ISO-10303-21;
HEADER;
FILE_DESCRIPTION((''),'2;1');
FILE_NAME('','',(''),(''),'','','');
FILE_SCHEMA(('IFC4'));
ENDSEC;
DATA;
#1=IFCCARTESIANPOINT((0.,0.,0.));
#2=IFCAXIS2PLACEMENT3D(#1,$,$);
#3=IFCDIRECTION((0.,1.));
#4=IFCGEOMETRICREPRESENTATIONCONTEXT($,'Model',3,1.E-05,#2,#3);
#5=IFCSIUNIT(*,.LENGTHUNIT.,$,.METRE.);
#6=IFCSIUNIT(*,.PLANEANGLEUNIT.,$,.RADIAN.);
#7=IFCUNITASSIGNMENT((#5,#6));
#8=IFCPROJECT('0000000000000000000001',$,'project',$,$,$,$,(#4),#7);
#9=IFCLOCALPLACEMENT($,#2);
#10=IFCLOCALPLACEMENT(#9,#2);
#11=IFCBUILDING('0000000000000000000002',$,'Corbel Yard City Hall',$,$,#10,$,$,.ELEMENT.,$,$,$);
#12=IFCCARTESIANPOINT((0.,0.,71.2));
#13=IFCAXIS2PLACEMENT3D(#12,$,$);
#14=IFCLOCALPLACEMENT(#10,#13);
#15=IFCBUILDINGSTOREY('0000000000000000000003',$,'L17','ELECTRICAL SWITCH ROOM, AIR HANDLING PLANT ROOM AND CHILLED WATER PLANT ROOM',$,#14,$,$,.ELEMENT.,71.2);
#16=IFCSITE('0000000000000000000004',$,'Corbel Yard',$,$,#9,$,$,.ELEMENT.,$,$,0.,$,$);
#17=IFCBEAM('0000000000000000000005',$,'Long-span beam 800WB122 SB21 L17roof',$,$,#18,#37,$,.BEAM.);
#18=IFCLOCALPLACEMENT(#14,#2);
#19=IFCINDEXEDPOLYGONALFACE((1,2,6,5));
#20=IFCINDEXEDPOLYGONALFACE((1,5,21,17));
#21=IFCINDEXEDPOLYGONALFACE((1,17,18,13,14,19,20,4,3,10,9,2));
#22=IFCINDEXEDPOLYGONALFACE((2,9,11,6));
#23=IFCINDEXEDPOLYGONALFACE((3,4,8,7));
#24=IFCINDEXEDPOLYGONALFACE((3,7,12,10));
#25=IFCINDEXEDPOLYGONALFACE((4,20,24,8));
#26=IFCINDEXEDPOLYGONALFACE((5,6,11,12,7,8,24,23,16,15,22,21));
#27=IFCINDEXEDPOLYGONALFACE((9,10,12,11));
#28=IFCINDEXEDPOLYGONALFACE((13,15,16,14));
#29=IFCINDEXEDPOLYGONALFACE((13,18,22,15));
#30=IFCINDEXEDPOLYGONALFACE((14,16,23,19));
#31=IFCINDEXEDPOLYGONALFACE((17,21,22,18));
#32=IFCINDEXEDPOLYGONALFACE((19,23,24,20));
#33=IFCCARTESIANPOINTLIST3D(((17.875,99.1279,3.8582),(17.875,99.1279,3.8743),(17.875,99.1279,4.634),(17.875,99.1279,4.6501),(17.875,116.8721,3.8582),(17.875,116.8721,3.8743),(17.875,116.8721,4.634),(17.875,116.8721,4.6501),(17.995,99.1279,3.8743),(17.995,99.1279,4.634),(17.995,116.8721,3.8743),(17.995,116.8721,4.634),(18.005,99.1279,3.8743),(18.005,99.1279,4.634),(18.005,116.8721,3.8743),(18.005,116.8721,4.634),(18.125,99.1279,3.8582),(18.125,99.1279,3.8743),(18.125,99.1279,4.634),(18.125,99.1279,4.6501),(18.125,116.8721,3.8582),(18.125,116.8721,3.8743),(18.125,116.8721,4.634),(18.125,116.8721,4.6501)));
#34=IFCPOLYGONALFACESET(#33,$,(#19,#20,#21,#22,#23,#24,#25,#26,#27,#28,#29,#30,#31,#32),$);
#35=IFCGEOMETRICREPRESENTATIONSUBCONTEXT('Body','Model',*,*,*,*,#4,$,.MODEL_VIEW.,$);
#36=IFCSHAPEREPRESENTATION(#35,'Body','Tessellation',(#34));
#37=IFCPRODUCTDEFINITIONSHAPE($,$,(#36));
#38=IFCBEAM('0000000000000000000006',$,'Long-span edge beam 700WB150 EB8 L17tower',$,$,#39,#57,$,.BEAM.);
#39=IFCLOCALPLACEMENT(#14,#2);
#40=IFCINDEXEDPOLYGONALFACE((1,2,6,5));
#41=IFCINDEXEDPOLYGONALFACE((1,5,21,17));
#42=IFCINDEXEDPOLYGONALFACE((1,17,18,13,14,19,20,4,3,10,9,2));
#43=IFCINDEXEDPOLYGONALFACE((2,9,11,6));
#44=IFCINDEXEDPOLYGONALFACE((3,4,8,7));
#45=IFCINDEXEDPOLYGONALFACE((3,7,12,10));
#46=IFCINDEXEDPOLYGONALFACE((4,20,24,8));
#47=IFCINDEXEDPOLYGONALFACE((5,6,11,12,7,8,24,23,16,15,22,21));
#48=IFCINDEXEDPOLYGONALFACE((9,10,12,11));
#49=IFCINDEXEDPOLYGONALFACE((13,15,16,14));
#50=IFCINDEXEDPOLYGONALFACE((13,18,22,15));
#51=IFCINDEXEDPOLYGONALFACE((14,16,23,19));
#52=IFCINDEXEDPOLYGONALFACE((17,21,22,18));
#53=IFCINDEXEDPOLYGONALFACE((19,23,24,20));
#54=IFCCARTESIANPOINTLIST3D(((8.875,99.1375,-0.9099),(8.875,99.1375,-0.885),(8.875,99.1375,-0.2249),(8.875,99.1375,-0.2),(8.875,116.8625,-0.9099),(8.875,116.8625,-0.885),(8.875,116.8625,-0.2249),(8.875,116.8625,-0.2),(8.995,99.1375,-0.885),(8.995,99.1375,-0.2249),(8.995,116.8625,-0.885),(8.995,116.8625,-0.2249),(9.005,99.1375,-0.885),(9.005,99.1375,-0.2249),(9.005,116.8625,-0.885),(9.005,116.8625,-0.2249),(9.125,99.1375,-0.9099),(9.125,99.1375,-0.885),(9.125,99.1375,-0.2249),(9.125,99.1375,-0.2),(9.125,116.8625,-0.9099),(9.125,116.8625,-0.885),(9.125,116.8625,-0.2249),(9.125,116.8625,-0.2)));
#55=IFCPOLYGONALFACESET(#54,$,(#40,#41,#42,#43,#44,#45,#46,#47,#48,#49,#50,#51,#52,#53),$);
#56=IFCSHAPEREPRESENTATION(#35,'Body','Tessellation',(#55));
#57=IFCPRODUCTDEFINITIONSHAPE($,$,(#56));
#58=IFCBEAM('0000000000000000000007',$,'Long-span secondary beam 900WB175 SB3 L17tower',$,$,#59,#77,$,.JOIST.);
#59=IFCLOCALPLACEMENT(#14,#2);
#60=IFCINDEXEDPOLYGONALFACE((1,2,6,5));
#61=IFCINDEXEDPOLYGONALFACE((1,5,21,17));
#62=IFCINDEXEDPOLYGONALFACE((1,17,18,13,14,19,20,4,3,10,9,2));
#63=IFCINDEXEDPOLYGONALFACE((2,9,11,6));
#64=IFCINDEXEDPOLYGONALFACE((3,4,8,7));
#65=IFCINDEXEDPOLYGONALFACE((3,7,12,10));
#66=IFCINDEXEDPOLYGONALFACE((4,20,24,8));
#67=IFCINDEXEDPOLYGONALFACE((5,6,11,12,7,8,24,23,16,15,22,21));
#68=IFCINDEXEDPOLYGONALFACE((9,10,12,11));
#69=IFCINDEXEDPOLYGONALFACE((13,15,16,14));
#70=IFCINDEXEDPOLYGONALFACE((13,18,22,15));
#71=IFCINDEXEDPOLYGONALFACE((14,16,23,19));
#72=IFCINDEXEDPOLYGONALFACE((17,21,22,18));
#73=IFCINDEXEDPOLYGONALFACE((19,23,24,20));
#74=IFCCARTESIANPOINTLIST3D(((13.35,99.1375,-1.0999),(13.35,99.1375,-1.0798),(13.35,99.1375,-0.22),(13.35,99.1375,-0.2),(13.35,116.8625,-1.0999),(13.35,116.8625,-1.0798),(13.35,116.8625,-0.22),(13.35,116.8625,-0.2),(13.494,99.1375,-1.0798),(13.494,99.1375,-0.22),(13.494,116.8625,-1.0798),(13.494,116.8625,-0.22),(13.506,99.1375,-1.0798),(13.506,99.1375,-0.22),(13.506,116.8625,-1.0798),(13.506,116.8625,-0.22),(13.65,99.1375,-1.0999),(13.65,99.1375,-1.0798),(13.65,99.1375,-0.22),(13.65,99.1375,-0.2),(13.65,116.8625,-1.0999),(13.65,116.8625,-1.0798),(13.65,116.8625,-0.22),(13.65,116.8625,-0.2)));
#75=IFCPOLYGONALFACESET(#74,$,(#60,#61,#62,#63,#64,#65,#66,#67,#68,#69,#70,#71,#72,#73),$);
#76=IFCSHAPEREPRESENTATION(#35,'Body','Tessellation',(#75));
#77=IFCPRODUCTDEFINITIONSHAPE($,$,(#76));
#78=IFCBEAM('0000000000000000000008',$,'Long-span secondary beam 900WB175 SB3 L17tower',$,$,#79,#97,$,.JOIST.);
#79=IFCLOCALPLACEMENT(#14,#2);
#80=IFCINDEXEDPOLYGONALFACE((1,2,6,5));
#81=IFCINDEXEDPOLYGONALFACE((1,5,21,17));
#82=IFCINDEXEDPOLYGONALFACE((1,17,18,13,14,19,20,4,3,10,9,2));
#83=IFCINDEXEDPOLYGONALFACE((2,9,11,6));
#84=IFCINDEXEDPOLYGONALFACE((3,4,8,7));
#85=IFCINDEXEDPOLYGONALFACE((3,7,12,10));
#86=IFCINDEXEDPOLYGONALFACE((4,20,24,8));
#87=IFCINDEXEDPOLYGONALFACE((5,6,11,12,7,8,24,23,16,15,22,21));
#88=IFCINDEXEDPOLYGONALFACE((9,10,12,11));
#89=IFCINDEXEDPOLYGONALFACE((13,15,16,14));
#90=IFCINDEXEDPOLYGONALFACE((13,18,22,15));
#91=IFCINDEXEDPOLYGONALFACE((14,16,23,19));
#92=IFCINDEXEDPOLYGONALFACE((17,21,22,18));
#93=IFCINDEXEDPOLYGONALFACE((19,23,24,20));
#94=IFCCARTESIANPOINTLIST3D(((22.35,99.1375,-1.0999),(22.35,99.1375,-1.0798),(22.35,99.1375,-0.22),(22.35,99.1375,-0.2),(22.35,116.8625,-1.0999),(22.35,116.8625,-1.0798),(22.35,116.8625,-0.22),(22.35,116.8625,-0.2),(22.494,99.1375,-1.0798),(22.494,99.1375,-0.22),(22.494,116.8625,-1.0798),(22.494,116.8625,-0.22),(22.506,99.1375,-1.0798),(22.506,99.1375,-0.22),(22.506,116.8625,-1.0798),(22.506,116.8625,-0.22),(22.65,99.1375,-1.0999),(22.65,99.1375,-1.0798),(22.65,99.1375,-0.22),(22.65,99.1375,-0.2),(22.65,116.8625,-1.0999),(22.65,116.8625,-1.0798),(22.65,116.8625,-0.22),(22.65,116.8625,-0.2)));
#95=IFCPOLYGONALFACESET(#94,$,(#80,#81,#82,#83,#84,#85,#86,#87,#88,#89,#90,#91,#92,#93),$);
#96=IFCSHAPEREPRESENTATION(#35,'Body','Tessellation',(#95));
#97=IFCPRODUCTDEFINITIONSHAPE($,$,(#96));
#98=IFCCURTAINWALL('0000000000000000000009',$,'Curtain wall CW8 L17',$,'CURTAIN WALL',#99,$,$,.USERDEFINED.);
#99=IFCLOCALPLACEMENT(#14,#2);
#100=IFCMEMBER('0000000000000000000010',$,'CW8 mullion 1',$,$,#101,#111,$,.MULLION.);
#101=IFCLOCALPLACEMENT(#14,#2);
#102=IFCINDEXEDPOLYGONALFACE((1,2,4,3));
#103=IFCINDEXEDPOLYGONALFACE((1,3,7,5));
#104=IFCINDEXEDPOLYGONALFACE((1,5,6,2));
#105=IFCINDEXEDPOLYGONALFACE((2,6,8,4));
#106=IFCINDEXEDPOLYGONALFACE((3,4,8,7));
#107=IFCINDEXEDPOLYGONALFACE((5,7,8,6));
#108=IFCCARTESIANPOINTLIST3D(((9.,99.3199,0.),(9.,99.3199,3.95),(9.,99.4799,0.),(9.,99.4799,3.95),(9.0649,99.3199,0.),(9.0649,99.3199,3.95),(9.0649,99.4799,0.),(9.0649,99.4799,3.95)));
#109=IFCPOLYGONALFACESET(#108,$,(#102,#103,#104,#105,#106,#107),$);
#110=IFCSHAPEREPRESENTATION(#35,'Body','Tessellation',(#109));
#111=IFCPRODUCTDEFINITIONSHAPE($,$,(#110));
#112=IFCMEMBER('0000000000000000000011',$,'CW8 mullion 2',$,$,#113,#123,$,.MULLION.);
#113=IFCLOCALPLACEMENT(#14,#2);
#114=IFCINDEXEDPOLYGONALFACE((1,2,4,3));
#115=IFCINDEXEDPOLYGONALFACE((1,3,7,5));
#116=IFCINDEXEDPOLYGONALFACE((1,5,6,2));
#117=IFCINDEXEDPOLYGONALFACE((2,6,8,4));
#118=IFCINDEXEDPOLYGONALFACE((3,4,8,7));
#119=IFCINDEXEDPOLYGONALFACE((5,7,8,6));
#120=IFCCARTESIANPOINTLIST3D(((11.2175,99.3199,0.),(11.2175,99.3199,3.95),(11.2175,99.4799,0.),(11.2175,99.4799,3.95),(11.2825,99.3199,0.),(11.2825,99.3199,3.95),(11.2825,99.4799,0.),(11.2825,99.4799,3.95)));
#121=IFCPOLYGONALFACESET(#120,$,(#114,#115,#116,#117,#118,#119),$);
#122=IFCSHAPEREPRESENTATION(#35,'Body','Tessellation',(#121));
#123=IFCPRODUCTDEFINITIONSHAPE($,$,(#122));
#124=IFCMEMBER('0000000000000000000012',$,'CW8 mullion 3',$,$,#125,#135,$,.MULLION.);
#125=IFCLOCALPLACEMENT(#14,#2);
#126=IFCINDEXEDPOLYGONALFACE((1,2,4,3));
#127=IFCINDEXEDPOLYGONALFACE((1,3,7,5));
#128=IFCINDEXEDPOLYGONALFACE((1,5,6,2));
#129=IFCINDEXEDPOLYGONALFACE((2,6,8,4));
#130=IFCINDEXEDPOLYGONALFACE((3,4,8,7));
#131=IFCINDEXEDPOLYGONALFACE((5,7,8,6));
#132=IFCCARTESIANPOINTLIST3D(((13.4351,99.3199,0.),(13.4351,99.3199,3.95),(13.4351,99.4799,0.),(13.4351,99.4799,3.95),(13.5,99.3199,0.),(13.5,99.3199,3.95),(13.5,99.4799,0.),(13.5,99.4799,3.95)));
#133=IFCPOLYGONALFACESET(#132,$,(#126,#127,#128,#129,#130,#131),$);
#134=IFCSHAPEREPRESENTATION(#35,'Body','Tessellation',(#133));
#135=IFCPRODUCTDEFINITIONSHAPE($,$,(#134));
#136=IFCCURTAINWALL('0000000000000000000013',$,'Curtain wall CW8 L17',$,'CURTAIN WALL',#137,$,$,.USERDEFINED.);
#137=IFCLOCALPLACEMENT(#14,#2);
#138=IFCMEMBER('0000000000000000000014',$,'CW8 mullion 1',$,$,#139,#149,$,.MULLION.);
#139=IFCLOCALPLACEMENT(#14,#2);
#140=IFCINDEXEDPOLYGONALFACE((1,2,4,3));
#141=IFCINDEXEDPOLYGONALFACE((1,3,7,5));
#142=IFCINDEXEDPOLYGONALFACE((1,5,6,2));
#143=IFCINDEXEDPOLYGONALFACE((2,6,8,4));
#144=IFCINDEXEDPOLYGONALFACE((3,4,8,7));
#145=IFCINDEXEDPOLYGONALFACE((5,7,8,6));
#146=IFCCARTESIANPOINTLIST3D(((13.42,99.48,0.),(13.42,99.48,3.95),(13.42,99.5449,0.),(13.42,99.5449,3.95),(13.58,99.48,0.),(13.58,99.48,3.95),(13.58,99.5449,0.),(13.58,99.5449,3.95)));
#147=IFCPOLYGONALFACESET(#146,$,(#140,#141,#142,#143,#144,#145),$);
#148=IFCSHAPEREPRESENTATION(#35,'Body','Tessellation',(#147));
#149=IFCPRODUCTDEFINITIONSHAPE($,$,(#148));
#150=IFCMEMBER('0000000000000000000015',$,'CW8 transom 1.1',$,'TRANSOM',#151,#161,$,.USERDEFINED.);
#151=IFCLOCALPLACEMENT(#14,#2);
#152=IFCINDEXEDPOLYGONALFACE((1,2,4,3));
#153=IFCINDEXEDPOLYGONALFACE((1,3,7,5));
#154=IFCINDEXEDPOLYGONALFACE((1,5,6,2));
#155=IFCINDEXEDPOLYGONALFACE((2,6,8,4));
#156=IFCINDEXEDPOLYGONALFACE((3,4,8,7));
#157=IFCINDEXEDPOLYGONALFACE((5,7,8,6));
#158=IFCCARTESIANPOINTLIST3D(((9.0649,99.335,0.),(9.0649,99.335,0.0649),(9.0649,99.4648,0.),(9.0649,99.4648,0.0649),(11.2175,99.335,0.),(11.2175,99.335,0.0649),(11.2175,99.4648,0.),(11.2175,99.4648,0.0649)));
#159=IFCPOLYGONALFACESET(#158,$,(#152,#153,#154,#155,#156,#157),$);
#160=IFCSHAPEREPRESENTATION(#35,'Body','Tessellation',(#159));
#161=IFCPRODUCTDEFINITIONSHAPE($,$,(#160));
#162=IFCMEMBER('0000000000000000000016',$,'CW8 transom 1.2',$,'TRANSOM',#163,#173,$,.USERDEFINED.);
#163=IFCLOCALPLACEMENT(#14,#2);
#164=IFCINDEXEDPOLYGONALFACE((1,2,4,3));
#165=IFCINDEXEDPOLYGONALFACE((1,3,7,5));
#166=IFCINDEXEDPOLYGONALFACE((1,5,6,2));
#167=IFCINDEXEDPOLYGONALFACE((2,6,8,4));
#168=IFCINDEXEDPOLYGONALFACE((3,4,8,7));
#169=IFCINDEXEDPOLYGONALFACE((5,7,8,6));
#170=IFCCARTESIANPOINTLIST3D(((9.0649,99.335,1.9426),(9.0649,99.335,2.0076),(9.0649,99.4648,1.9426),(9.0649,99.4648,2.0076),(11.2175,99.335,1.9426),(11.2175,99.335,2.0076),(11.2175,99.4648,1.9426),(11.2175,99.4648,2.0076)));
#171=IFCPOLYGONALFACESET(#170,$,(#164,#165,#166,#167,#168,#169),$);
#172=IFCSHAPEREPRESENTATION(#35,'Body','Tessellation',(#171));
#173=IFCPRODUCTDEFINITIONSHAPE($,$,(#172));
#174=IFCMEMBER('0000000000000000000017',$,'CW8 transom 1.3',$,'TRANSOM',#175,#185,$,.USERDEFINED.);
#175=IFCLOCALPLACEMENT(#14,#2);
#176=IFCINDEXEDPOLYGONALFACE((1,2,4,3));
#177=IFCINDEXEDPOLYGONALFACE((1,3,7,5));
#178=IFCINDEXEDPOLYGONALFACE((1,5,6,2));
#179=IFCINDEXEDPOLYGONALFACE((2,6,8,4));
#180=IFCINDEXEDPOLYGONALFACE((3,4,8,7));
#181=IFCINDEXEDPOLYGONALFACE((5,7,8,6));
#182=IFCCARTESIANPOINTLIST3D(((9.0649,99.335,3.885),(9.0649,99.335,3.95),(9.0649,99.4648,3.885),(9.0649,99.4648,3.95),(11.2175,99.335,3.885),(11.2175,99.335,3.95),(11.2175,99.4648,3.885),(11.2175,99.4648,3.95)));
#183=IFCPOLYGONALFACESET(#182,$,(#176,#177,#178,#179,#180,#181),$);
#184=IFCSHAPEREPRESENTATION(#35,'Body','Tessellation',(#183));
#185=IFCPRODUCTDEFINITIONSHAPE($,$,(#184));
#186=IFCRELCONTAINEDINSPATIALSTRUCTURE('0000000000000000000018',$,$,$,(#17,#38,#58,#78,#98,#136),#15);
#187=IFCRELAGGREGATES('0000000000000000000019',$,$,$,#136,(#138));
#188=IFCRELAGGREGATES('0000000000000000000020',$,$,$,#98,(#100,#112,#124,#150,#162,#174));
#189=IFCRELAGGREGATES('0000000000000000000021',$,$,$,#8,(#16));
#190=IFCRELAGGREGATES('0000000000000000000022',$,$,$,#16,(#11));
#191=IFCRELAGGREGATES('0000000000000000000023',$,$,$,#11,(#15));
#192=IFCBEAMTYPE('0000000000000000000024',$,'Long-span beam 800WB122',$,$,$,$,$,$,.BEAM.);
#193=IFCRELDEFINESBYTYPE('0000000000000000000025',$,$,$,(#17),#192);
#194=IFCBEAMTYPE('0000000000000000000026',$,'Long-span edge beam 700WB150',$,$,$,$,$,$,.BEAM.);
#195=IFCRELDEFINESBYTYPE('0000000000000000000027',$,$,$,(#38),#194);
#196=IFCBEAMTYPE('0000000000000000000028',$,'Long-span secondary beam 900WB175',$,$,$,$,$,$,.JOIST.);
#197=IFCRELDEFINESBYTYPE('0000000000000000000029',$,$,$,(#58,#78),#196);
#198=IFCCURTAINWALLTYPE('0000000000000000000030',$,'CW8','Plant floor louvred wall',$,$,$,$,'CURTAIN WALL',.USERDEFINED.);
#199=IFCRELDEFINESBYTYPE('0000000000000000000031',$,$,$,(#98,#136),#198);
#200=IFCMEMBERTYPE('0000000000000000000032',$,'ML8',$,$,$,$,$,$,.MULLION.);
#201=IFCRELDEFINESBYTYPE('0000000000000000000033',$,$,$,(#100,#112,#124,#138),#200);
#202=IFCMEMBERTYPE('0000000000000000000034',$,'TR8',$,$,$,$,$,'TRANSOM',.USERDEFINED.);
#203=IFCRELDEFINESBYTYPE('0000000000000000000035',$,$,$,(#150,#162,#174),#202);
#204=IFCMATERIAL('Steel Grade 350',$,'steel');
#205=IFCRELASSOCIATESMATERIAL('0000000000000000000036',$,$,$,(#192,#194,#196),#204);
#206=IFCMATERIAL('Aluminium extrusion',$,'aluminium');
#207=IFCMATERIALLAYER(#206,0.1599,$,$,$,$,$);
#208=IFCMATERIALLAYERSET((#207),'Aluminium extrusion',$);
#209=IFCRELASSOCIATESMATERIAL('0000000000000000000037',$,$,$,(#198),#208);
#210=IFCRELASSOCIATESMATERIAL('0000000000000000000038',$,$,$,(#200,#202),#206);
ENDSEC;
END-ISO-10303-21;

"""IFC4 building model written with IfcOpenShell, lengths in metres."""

from ifc_helpers import new_model, si_unit, direction, frame, origin, origin_2d, place, context, subcontext, project, spatial, rectangle, i_section, extrude, material, layer, layer_set, material_profile, profile_set, type_object, element, aggregate, save


model = new_model("IFC4")

# Units and contexts
model_context = context("Model", 3, precision=1e-05, world=origin(), true_north=direction((0.0, 1.0)))
body_context = subcontext(model_context, "Body", "Model", "MODEL_VIEW")
ifc_project = project(units=[si_unit("LENGTHUNIT", "METRE"), si_unit("PLANEANGLEUNIT", "RADIAN")], contexts=[model_context])

# Site, building, storey
site_placement = place(None, origin())
site = spatial("IfcSite", under=ifc_project, at=site_placement, Name="Corbel Yard", CompositionType="ELEMENT", RefElevation=0.0)
building_placement = place(site_placement, origin())
building = spatial("IfcBuilding", under=site, at=building_placement, Name="Corbel Yard City Hall", CompositionType="ELEMENT")
storey_placement = place(building_placement, frame((0.0, 0.0, 71.2)))
storey = spatial("IfcBuildingStorey", under=building, at=storey_placement, Name="L17", Description="ELECTRICAL SWITCH ROOM, AIR HANDLING PLANT ROOM AND CHILLED WATER PLANT ROOM", CompositionType="ELEMENT", Elevation=71.2)

# Beams
ifc_material_1 = material(Name="Steel Grade 350", Category="steel")
ifc_material_profile_1 = material_profile(ifc_material_1, i_section(OverallWidth=0.25, OverallDepth=0.792, WebThickness=0.01, FlangeThickness=0.0161, at=origin_2d()), Name="800WB122")
ifc_profile_set_1 = profile_set([ifc_material_profile_1], Name="Steel Grade 350")
beam_type_1 = type_object("IfcBeamType", Name="Long-span beam 800WB122", PredefinedType="BEAM", material=ifc_profile_set_1)
beam_1_placement = place(storey_placement, frame((18.0, 99.1279, 4.2542), z_axis=(0.0, 1.0, 0.0), x_axis=(-1.0, 0.0, 0.0)))
element("IfcBeam", 1, at=beam_1_placement, inside=storey, type_object=beam_type_1, Name="Long-span beam 800WB122 SB21 L17roof", PredefinedType="BEAM", context=body_context, shape_type="SweptSolid", body=[
    extrude(i_section(OverallWidth=0.25, OverallDepth=0.792, WebThickness=0.01, FlangeThickness=0.0161, at=origin_2d()), origin(), (0.0, 0.0, 1.0), 17.7441),
])
ifc_material_profile_2 = material_profile(ifc_material_1, i_section(OverallWidth=0.25, OverallDepth=0.71, WebThickness=0.01, FlangeThickness=0.0249, at=origin_2d()), Name="700WB150")
ifc_profile_set_2 = profile_set([ifc_material_profile_2], Name="Steel Grade 350")
beam_type_2 = type_object("IfcBeamType", Name="Long-span edge beam 700WB150", PredefinedType="BEAM", material=ifc_profile_set_2)
beam_2_placement = place(storey_placement, frame((9.0, 99.1375, -0.5549), z_axis=(0.0, 1.0, 0.0), x_axis=(-1.0, 0.0, 0.0)))
element("IfcBeam", 2, at=beam_2_placement, inside=storey, type_object=beam_type_2, Name="Long-span edge beam 700WB150 EB8 L17tower", PredefinedType="BEAM", context=body_context, shape_type="SweptSolid", body=[
    extrude(i_section(OverallWidth=0.25, OverallDepth=0.71, WebThickness=0.01, FlangeThickness=0.0249, at=origin_2d()), origin(), (0.0, 0.0, 1.0), 17.7251),
])
ifc_material_profile_3 = material_profile(ifc_material_1, i_section(OverallWidth=0.3, OverallDepth=0.8999, WebThickness=0.012, FlangeThickness=0.02, at=origin_2d()), Name="900WB175")
ifc_profile_set_3 = profile_set([ifc_material_profile_3], Name="Steel Grade 350")
beam_type_3 = type_object("IfcBeamType", Name="Long-span secondary beam 900WB175", PredefinedType="JOIST", material=ifc_profile_set_3)
for number, where, z_axis, x_axis, name in (
    (3, (13.5, 99.1375, -0.6499), (0.0, 1.0, 0.0), (-1.0, 0.0, 0.0), "Long-span secondary beam 900WB175 SB3 L17tower"),
    (4, (22.5, 99.1375, -0.6499), (0.0, 1.0, 0.0), (-1.0, 0.0, 0.0), "Long-span secondary beam 900WB175 SB3 L17tower"),
):
    element("IfcBeam", number, at=place(storey_placement, frame(where, z_axis=z_axis, x_axis=x_axis)), inside=storey, type_object=beam_type_3, Name=name, PredefinedType="JOIST", context=body_context, shape_type="SweptSolid", body=[
        extrude(i_section(OverallWidth=0.3, OverallDepth=0.8999, WebThickness=0.012, FlangeThickness=0.02, at=origin_2d()), origin(), (0.0, 0.0, 1.0), 17.7251),
    ])

# Curtain wall, members
ifc_material_2 = material(Name="Aluminium extrusion", Category="aluminium")
ifc_layer_1 = layer(ifc_material_2, 0.1599)
ifc_layer_set_1 = layer_set([ifc_layer_1], Name="Aluminium extrusion")
curtain_wall_type = type_object("IfcCurtainWallType", Name="CW8", Description="Plant floor louvred wall", ElementType="CURTAIN WALL", PredefinedType="USERDEFINED", material=ifc_layer_set_1)
curtain_wall_1_placement = place(storey_placement, origin())
curtain_wall_1 = element("IfcCurtainWall", 5, at=curtain_wall_1_placement, inside=storey, type_object=curtain_wall_type, Name="Curtain wall CW8 L17", ObjectType="CURTAIN WALL", PredefinedType="USERDEFINED")
ifc_material_profile_4 = material_profile(ifc_material_2, rectangle(XDim=0.1599, YDim=0.0649, at=origin_2d()), Name="160x65")
ifc_profile_set_4 = profile_set([ifc_material_profile_4], Name="Aluminium extrusion")
member_type_1 = type_object("IfcMemberType", Name="ML8", PredefinedType="MULLION", material=ifc_profile_set_4)
member_1_placement = place(storey_placement, frame((9.0325, 99.3999, 0.0), z_axis=(0.0, 0.0, 1.0), x_axis=(0.0, 1.0, 0.0)))
member_1 = element("IfcMember", 6, at=member_1_placement, type_object=member_type_1, Name="CW8 mullion 1", PredefinedType="MULLION", context=body_context, shape_type="SweptSolid", body=[
    extrude(rectangle(XDim=0.1599, YDim=0.0649, at=origin_2d()), origin(), (0.0, 0.0, 1.0), 3.95),
])
member_2_placement = place(storey_placement, frame((11.25, 99.3999, 0.0), z_axis=(0.0, 0.0, 1.0), x_axis=(0.0, 1.0, 0.0)))
member_2 = element("IfcMember", 7, at=member_2_placement, type_object=member_type_1, Name="CW8 mullion 2", PredefinedType="MULLION", context=body_context, shape_type="SweptSolid", body=[
    extrude(rectangle(XDim=0.1599, YDim=0.0649, at=origin_2d()), origin(), (0.0, 0.0, 1.0), 3.95),
])
member_3_placement = place(storey_placement, frame((13.4675, 99.3999, 0.0), z_axis=(0.0, 0.0, 1.0), x_axis=(0.0, 1.0, 0.0)))
member_3 = element("IfcMember", 8, at=member_3_placement, type_object=member_type_1, Name="CW8 mullion 3", PredefinedType="MULLION", context=body_context, shape_type="SweptSolid", body=[
    extrude(rectangle(XDim=0.1599, YDim=0.0649, at=origin_2d()), origin(), (0.0, 0.0, 1.0), 3.95),
])

# Curtain wall, member
curtain_wall_2_placement = place(storey_placement, origin())
curtain_wall_2 = element("IfcCurtainWall", 9, at=curtain_wall_2_placement, inside=storey, type_object=curtain_wall_type, Name="Curtain wall CW8 L17", ObjectType="CURTAIN WALL", PredefinedType="USERDEFINED")
member_4_placement = place(storey_placement, frame((13.5, 99.5125, 0.0), z_axis=(0.0, 0.0, 1.0), x_axis=(-1.0, 0.0, 0.0)))
member_4 = element("IfcMember", 10, at=member_4_placement, type_object=member_type_1, Name="CW8 mullion 1", PredefinedType="MULLION", context=body_context, shape_type="SweptSolid", body=[
    extrude(rectangle(XDim=0.1599, YDim=0.0649, at=origin_2d()), origin(), (0.0, 0.0, 1.0), 3.95),
])

# Members
ifc_material_profile_5 = material_profile(ifc_material_2, rectangle(XDim=0.1299, YDim=0.0649, at=origin_2d()), Name="130x65")
ifc_profile_set_5 = profile_set([ifc_material_profile_5], Name="Aluminium extrusion")
member_type_2 = type_object("IfcMemberType", Name="TR8", ElementType="TRANSOM", PredefinedType="USERDEFINED", material=ifc_profile_set_5)
member_5_placement = place(storey_placement, frame((9.0649, 99.3999, 0.0325), z_axis=(1.0, 0.0, 0.0), x_axis=(0.0, 1.0, 0.0)))
member_5 = element("IfcMember", 11, at=member_5_placement, type_object=member_type_2, Name="CW8 transom 1.1", ObjectType="TRANSOM", PredefinedType="USERDEFINED", context=body_context, shape_type="SweptSolid", body=[
    extrude(rectangle(XDim=0.1299, YDim=0.0649, at=origin_2d()), origin(), (0.0, 0.0, 1.0), 2.1526),
])
member_6_placement = place(storey_placement, frame((9.0649, 99.3999, 1.9751), z_axis=(1.0, 0.0, 0.0), x_axis=(0.0, 1.0, 0.0)))
member_6 = element("IfcMember", 12, at=member_6_placement, type_object=member_type_2, Name="CW8 transom 1.2", ObjectType="TRANSOM", PredefinedType="USERDEFINED", context=body_context, shape_type="SweptSolid", body=[
    extrude(rectangle(XDim=0.1299, YDim=0.0649, at=origin_2d()), origin(), (0.0, 0.0, 1.0), 2.1526),
])
member_7_placement = place(storey_placement, frame((9.0649, 99.3999, 3.9175), z_axis=(1.0, 0.0, 0.0), x_axis=(0.0, 1.0, 0.0)))
member_7 = element("IfcMember", 13, at=member_7_placement, type_object=member_type_2, Name="CW8 transom 1.3", ObjectType="TRANSOM", PredefinedType="USERDEFINED", context=body_context, shape_type="SweptSolid", body=[
    extrude(rectangle(XDim=0.1299, YDim=0.0649, at=origin_2d()), origin(), (0.0, 0.0, 1.0), 2.1526),
])
aggregate(curtain_wall_2, [member_4])

aggregate(curtain_wall_1, [member_1, member_2, member_3, member_5, member_6, member_7])

save(model, "model.ifc")
